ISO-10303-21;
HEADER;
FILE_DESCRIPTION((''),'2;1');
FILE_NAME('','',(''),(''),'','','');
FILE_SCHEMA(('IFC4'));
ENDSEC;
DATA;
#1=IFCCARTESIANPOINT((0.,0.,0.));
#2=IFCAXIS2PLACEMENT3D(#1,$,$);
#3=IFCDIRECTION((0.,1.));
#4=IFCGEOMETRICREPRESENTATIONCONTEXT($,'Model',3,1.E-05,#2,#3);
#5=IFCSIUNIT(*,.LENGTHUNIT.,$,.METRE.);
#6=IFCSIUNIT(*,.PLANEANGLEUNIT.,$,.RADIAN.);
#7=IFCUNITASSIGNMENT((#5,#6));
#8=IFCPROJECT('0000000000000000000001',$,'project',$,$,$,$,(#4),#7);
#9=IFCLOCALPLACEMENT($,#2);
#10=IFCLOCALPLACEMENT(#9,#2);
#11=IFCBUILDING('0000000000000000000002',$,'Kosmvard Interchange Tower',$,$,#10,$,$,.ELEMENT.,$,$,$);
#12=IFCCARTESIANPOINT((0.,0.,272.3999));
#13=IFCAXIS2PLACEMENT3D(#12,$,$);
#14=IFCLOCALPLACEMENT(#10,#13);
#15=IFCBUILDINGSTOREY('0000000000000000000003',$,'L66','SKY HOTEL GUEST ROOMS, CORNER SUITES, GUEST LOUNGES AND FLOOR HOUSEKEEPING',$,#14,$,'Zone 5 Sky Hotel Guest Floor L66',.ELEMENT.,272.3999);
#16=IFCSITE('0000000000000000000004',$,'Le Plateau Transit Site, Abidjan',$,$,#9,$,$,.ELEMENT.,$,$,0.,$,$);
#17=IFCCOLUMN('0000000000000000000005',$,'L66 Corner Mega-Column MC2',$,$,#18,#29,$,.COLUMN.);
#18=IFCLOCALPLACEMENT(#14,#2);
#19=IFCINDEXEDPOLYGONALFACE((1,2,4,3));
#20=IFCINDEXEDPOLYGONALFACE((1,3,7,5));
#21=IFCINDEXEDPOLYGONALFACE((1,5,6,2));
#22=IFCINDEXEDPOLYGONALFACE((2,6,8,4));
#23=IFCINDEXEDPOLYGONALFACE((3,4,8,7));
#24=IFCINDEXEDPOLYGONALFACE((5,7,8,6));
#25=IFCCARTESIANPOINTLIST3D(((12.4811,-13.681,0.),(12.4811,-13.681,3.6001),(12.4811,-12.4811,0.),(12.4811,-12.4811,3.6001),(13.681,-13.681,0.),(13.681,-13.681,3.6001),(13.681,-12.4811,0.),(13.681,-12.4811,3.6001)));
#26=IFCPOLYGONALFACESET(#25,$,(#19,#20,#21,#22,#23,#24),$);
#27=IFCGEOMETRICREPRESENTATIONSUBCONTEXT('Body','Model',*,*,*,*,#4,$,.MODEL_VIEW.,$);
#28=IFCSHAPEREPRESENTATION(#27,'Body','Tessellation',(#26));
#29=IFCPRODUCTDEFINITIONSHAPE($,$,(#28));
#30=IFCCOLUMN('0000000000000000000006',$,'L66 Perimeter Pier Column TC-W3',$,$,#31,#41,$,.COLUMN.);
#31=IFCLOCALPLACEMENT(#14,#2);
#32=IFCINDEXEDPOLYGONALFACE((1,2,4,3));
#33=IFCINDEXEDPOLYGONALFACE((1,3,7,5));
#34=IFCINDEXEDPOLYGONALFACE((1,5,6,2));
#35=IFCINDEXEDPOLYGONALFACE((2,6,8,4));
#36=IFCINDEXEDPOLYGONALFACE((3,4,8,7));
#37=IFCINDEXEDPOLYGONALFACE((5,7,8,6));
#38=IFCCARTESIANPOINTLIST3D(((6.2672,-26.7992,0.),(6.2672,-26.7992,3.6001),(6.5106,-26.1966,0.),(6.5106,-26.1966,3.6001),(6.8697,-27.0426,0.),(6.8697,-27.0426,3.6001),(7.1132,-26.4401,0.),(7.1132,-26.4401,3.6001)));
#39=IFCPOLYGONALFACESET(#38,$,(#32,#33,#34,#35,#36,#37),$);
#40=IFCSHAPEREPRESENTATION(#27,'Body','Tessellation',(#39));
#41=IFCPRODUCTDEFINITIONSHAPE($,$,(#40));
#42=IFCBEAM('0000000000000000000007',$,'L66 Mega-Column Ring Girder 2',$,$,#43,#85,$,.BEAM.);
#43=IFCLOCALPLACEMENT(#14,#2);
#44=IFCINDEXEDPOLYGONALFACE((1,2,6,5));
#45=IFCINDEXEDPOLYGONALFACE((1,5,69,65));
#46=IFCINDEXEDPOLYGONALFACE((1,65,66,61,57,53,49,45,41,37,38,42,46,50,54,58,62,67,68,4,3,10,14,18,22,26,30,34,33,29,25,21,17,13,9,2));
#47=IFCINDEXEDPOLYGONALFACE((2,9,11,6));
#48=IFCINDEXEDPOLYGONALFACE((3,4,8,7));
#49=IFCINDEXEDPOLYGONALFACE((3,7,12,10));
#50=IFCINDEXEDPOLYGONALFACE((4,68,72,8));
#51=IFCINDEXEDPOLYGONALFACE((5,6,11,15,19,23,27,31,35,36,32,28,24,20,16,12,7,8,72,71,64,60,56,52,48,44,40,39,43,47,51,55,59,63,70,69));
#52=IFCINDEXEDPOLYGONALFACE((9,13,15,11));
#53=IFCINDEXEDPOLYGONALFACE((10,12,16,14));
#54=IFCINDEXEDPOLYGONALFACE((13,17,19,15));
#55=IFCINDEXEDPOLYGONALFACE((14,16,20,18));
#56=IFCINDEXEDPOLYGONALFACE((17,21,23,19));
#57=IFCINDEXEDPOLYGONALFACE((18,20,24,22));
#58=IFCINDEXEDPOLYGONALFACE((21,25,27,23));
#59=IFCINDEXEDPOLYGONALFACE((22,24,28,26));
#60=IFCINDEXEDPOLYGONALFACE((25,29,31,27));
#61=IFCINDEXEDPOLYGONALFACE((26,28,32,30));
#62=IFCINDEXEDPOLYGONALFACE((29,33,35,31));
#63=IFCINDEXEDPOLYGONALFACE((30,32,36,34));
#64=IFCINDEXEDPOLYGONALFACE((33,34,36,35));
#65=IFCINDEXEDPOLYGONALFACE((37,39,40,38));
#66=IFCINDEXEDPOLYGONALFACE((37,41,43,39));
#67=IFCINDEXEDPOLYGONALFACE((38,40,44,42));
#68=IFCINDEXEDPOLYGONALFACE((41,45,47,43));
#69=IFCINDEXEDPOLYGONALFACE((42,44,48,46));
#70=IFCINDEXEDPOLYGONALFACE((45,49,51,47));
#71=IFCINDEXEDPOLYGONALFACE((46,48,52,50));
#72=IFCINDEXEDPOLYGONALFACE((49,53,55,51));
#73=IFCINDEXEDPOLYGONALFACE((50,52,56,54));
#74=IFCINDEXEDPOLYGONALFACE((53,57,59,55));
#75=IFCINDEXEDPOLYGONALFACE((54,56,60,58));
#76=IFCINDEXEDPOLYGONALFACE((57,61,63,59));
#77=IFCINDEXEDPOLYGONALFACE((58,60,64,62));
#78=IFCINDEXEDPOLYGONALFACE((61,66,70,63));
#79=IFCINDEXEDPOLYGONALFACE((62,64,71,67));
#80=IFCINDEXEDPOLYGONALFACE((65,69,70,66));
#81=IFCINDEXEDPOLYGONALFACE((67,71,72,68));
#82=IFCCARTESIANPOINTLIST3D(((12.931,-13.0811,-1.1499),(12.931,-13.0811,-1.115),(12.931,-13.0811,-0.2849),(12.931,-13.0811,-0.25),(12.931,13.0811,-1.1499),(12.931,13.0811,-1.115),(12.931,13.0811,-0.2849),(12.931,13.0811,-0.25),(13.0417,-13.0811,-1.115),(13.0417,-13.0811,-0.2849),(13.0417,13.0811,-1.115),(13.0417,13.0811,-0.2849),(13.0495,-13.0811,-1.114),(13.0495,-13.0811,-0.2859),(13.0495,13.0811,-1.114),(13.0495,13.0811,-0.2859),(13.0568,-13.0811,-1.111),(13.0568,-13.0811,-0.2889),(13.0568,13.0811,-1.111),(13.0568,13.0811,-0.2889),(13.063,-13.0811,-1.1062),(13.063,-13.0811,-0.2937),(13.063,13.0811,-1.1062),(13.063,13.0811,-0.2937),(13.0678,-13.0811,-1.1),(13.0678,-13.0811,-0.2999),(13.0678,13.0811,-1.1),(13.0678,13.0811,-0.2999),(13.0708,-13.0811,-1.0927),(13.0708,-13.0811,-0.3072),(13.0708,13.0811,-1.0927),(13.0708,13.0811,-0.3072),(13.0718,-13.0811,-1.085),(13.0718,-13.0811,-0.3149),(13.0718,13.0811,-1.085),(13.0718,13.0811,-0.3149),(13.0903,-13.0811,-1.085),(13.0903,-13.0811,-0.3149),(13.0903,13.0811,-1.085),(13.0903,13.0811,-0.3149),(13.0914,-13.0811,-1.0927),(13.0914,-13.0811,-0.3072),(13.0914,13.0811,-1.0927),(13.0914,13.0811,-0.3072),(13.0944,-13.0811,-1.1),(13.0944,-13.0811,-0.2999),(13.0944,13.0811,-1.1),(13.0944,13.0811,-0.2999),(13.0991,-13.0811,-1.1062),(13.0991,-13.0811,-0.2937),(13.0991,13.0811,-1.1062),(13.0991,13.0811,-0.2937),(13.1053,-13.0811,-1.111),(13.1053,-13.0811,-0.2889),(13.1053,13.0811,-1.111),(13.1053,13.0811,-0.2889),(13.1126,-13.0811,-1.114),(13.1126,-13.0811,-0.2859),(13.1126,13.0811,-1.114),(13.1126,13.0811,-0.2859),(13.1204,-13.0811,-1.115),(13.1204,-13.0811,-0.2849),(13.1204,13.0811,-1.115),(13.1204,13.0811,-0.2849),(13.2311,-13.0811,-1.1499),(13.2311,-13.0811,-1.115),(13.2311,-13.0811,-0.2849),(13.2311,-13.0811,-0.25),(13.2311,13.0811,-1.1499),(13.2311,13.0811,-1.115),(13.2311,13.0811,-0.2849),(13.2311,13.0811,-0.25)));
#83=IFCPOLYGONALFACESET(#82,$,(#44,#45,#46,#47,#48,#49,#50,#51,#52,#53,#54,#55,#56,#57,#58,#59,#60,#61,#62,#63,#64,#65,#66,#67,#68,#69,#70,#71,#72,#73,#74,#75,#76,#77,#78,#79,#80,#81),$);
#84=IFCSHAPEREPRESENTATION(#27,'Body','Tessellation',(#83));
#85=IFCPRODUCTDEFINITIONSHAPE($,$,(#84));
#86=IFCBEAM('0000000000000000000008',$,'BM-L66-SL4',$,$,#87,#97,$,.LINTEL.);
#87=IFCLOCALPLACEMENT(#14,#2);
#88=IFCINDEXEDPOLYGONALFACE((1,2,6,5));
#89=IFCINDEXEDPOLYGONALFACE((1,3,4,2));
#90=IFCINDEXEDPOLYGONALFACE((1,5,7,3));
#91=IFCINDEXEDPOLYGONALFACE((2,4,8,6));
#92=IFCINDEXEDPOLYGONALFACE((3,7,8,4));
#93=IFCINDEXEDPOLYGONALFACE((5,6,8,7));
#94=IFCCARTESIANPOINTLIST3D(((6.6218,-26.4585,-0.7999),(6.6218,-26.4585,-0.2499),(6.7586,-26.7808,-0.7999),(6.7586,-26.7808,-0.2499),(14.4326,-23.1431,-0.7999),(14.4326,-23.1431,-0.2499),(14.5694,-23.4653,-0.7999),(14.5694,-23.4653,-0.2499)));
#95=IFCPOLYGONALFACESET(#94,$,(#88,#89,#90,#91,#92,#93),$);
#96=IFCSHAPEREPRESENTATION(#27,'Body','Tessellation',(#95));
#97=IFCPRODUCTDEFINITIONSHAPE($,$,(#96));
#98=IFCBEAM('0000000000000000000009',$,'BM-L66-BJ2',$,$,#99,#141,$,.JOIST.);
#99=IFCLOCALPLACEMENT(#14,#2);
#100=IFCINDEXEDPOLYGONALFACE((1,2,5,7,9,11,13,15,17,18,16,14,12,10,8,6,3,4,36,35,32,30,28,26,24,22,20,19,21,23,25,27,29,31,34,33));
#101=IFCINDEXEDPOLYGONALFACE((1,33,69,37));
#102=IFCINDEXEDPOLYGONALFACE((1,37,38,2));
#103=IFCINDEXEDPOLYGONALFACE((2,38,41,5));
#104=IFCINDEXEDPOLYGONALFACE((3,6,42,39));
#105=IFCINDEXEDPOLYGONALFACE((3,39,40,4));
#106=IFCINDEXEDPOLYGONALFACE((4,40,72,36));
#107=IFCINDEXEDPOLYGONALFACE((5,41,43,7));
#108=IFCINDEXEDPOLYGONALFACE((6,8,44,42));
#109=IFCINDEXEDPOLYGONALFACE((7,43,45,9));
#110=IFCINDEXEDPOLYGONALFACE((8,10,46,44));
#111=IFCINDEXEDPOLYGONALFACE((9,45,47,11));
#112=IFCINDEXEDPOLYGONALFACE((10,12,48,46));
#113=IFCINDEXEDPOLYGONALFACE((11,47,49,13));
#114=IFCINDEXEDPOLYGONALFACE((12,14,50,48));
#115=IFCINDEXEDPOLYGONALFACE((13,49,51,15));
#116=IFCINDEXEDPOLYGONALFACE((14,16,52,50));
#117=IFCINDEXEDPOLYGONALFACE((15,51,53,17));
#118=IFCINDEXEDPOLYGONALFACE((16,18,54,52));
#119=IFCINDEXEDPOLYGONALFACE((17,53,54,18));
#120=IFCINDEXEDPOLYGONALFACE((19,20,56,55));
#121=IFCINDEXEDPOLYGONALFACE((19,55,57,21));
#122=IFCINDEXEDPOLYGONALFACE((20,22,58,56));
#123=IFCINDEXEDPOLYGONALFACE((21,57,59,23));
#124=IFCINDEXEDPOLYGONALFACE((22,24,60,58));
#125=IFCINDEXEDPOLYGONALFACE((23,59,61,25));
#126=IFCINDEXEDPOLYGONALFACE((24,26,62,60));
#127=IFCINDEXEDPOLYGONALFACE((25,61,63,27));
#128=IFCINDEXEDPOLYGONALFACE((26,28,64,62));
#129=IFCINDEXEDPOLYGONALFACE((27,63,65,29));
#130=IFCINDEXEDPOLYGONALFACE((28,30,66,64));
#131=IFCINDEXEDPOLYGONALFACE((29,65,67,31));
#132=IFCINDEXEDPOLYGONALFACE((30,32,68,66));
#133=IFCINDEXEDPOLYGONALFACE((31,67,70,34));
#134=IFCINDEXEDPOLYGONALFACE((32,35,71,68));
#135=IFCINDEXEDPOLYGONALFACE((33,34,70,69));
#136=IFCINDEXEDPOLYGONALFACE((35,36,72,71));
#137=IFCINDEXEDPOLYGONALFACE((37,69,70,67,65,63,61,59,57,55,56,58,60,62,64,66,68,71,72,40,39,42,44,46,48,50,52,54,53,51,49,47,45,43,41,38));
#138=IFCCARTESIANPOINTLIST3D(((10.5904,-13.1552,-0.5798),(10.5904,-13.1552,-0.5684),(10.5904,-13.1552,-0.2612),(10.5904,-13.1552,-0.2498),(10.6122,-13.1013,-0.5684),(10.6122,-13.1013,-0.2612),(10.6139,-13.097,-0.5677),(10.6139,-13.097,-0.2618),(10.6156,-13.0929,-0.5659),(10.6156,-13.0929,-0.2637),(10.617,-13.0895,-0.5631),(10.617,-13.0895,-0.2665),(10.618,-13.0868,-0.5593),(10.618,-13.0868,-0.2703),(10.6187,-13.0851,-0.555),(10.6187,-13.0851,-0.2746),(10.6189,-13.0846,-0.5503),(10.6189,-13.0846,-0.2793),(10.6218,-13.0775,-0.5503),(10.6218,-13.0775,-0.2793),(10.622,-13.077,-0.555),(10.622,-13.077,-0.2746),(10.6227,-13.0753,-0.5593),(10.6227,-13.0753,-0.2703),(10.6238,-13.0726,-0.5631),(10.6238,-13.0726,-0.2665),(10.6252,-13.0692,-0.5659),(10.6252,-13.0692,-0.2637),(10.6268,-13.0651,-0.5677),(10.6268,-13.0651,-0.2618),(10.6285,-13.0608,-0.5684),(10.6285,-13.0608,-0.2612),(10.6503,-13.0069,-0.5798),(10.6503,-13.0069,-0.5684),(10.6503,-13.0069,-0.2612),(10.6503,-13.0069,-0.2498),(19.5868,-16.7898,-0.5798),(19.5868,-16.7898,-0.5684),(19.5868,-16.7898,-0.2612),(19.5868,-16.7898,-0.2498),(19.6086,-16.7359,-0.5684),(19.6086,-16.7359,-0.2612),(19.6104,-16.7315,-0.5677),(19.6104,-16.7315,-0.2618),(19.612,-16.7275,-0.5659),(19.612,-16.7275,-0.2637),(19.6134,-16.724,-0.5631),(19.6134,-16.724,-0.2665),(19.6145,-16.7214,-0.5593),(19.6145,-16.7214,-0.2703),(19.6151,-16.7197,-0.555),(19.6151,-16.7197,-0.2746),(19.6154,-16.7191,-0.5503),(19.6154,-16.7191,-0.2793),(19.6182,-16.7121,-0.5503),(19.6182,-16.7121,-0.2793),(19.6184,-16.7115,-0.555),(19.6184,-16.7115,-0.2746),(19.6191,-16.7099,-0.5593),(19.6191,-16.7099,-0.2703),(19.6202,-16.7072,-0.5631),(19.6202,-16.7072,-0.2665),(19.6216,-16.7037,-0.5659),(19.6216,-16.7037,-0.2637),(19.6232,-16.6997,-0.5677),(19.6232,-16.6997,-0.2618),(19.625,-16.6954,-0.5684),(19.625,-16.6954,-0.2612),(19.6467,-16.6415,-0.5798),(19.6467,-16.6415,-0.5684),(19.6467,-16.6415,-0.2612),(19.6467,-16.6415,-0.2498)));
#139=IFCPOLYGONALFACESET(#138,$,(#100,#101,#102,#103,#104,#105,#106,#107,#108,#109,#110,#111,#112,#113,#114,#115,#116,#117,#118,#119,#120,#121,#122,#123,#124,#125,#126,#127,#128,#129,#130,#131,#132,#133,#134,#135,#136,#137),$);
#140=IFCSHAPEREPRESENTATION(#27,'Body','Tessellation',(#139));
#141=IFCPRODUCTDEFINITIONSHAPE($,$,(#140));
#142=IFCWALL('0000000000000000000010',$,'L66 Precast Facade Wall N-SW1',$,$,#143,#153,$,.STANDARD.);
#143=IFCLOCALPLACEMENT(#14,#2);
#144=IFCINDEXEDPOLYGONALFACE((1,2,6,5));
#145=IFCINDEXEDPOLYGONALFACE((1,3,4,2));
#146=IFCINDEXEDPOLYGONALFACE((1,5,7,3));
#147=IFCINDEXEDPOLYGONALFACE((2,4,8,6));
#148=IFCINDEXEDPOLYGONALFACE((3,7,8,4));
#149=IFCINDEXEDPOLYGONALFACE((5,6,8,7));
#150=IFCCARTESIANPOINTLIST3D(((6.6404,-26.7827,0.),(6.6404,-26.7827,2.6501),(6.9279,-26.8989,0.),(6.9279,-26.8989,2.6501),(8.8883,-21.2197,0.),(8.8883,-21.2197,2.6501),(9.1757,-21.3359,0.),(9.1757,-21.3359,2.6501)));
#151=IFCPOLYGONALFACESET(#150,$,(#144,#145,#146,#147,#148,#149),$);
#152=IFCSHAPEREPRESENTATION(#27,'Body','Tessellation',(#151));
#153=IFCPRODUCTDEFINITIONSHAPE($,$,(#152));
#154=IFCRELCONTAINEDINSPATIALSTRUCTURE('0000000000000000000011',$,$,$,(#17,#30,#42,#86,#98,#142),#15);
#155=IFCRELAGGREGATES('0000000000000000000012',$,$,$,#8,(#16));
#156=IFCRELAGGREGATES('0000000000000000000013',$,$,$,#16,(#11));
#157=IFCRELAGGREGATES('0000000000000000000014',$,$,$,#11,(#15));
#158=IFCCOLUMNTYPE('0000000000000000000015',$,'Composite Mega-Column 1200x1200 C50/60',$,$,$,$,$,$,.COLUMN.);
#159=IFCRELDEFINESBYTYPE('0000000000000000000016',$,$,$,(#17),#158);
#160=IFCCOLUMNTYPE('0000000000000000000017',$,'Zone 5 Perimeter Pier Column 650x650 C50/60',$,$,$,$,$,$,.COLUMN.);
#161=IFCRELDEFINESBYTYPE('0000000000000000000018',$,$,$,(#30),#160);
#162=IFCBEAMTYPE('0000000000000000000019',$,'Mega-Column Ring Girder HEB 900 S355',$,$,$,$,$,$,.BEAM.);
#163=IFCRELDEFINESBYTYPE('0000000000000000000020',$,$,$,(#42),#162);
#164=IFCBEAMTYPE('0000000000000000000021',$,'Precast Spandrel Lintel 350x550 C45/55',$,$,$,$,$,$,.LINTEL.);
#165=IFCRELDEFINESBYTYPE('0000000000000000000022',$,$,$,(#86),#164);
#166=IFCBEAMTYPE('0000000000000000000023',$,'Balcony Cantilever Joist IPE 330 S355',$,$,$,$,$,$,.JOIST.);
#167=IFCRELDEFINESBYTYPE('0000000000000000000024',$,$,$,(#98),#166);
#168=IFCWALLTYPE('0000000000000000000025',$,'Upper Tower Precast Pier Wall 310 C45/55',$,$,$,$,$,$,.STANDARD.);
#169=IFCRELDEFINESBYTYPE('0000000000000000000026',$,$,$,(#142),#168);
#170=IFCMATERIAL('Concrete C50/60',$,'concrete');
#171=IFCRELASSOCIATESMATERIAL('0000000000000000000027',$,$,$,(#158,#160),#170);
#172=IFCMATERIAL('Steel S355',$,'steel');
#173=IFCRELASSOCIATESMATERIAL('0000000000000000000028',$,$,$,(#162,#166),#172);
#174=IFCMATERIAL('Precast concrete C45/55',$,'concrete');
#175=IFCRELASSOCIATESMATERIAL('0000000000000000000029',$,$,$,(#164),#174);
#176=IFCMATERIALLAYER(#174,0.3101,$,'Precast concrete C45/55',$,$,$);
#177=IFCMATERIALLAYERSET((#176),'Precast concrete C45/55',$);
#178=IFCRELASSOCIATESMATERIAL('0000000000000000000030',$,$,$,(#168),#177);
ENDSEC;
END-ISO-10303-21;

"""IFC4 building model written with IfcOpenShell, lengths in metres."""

from ifc_helpers import new_model, si_unit, direction, frame, frame_2d, origin, origin_2d, place, context, subcontext, project, spatial, rectangle, i_section, extrude, source, transform, mapped, material, layer, layer_set, material_profile, profile_set, type_object, element, save


model = new_model("IFC4")

# Units and contexts
model_context = context("Model", 3, precision=1e-05, world=origin(), true_north=direction((0.0, 1.0)))
body_context = subcontext(model_context, "Body", "Model", "MODEL_VIEW")
ifc_project = project(units=[si_unit("LENGTHUNIT", "METRE"), si_unit("PLANEANGLEUNIT", "RADIAN")], contexts=[model_context])

# Site, building, storey
site_placement = place(None, origin())
site = spatial("IfcSite", under=ifc_project, at=site_placement, Name="Le Plateau Transit Site, Abidjan", CompositionType="ELEMENT", RefElevation=0.0)
building_placement = place(site_placement, origin())
building = spatial("IfcBuilding", under=site, at=building_placement, Name="Kosmvard Interchange Tower", CompositionType="ELEMENT")
storey_placement = place(building_placement, frame((0.0, 0.0, 272.3999)))
storey = spatial("IfcBuildingStorey", under=building, at=storey_placement, Name="L66", Description="SKY HOTEL GUEST ROOMS, CORNER SUITES, GUEST LOUNGES AND FLOOR HOUSEKEEPING", LongName="Zone 5 Sky Hotel Guest Floor L66", CompositionType="ELEMENT", Elevation=272.3999)

# Columns
ifc_material_1 = material(Name="Concrete C50/60", Category="concrete")
ifc_material_profile_1 = material_profile(ifc_material_1, rectangle(XDim=1.2, YDim=1.2, at=origin_2d()), Name="MC 1200x1200")
ifc_profile_set_1 = profile_set([ifc_material_profile_1], Name="Concrete C50/60")
column_type_1 = type_object("IfcColumnType", Name="Composite Mega-Column 1200x1200 C50/60", PredefinedType="COLUMN", material=ifc_profile_set_1)
shared_shape_1 = source(origin(), body_context, "Body", "SweptSolid", [
    extrude(rectangle(XDim=1.2, YDim=1.2, at=origin_2d()), origin(), (0.0, 0.0, 1.0), 3.6001),
])
column_1_placement = place(storey_placement, frame((13.0811, -13.0811, 0.0), z_axis=(0.0, 0.0, 1.0), x_axis=(1.0, 0.0, 0.0)))
element("IfcColumn", 1, at=column_1_placement, inside=storey, type_object=column_type_1, Name="L66 Corner Mega-Column MC2", PredefinedType="COLUMN", context=body_context, shape_type="MappedRepresentation", body=[
    mapped(shared_shape_1, transform((0.0, 0.0, 0.0), scale=1.0)),
])
ifc_material_profile_2 = material_profile(ifc_material_1, rectangle(XDim=0.6499, YDim=0.6499, at=origin_2d()), Name="TC 650x650")
ifc_profile_set_2 = profile_set([ifc_material_profile_2], Name="Concrete C50/60")
column_type_2 = type_object("IfcColumnType", Name="Zone 5 Perimeter Pier Column 650x650 C50/60", PredefinedType="COLUMN", material=ifc_profile_set_2)
shared_shape_2 = source(origin(), body_context, "Body", "SweptSolid", [
    extrude(rectangle(XDim=0.6499, YDim=0.6499, at=origin_2d()), origin(), (0.0, 0.0, 1.0), 3.6001),
])
column_2_placement = place(storey_placement, frame((6.6902, -26.6196, 0.0), z_axis=(0.0, 0.0, 1.0), x_axis=(0.374607, 0.927184, 0.0)))
element("IfcColumn", 2, at=column_2_placement, inside=storey, type_object=column_type_2, Name="L66 Perimeter Pier Column TC-W3", PredefinedType="COLUMN", context=body_context, shape_type="MappedRepresentation", body=[
    mapped(shared_shape_2, transform((0.0, 0.0, 0.0), scale=1.0)),
])

# Beams
ifc_material_2 = material(Name="Steel S355", Category="steel")
ifc_material_profile_3 = material_profile(ifc_material_2, i_section(OverallWidth=0.3, OverallDepth=0.8999, WebThickness=0.0186, FlangeThickness=0.0349, FilletRadius=0.03, at=origin_2d()), Name="HEB 900")
ifc_profile_set_3 = profile_set([ifc_material_profile_3], Name="Steel S355")
beam_type_1 = type_object("IfcBeamType", Name="Mega-Column Ring Girder HEB 900 S355", PredefinedType="BEAM", material=ifc_profile_set_3)
shared_shape_3 = source(origin(), body_context, "Body", "SweptSolid", [
    extrude(i_section(OverallWidth=0.3, OverallDepth=0.8999, WebThickness=0.0186, FlangeThickness=0.0349, FilletRadius=0.03, at=origin_2d()), origin(), (0.0, 0.0, 1.0), 26.1621),
])
beam_1_placement = place(storey_placement, frame((13.0811, -13.0811, -0.7), z_axis=(0.0, 1.0, 0.0), x_axis=(-1.0, 0.0, 0.0)))
element("IfcBeam", 3, at=beam_1_placement, inside=storey, type_object=beam_type_1, Name="L66 Mega-Column Ring Girder 2", PredefinedType="BEAM", context=body_context, shape_type="MappedRepresentation", body=[
    mapped(shared_shape_3, transform((0.0, 0.0, 0.0), scale=1.0)),
])
ifc_material_3 = material(Name="Precast concrete C45/55", Category="concrete")
ifc_material_profile_4 = material_profile(ifc_material_3, rectangle(XDim=0.3501, YDim=0.55, at=origin_2d()), Name="SL 350x550")
ifc_profile_set_4 = profile_set([ifc_material_profile_4], Name="Precast concrete C45/55")
beam_type_2 = type_object("IfcBeamType", Name="Precast Spandrel Lintel 350x550 C45/55", PredefinedType="LINTEL", material=ifc_profile_set_4)
shared_shape_4 = source(origin(), body_context, "Body", "SweptSolid", [
    extrude(rectangle(XDim=0.3501, YDim=0.55, at=origin_2d()), origin(), (0.0, 0.0, 1.0), 8.4854),
])
beam_2_placement = place(storey_placement, frame((6.6902, -26.6196, -0.5249), z_axis=(0.920507, 0.390726, 0.0), x_axis=(-0.390726, 0.920507, 0.0)))
element("IfcBeam", 4, at=beam_2_placement, inside=storey, type_object=beam_type_2, Name="BM-L66-SL4", PredefinedType="LINTEL", context=body_context, shape_type="MappedRepresentation", body=[
    mapped(shared_shape_4, transform((0.0, 0.0, 0.0), scale=1.0)),
])
ifc_material_profile_5 = material_profile(ifc_material_2, i_section(OverallWidth=0.1599, OverallDepth=0.3301, WebThickness=0.0076, FlangeThickness=0.0115, FilletRadius=0.0181, at=origin_2d()), Name="IPE 330")
ifc_profile_set_5 = profile_set([ifc_material_profile_5], Name="Steel S355")
beam_type_3 = type_object("IfcBeamType", Name="Balcony Cantilever Joist IPE 330 S355", PredefinedType="JOIST", material=ifc_profile_set_5)
shared_shape_5 = source(origin(), body_context, "Body", "SweptSolid", [
    extrude(i_section(OverallWidth=0.1599, OverallDepth=0.3301, WebThickness=0.0076, FlangeThickness=0.0115, FilletRadius=0.0181, at=origin_2d()), origin(), (0.0, 0.0, 1.0), 9.7029),
])
beam_3_placement = place(storey_placement, frame((10.6204, -13.0811, -0.4148), z_axis=(0.927192, -0.374586, 0.0), x_axis=(0.374586, 0.927192, 0.0)))
element("IfcBeam", 5, at=beam_3_placement, inside=storey, type_object=beam_type_3, Name="BM-L66-BJ2", PredefinedType="JOIST", context=body_context, shape_type="MappedRepresentation", body=[
    mapped(shared_shape_5, transform((0.0, 0.0, 0.0), scale=1.0)),
])

# Wall
ifc_layer_1 = layer(ifc_material_3, 0.3101, Name="Precast concrete C45/55")
ifc_layer_set_1 = layer_set([ifc_layer_1], Name="Precast concrete C45/55")
wall_type_1 = type_object("IfcWallType", Name="Upper Tower Precast Pier Wall 310 C45/55", PredefinedType="STANDARD", material=ifc_layer_set_1)
wall_1_placement = place(storey_placement, frame((6.7842, -26.8408, 0.0), z_axis=(0.0, 0.0, 1.0), x_axis=(0.374637, 0.927172, 0.0)))
element("IfcWall", 6, at=wall_1_placement, inside=storey, type_object=wall_type_1, Name="L66 Precast Facade Wall N-SW1", PredefinedType="STANDARD", context=body_context, shape_type="SweptSolid", body=[
    extrude(rectangle(XDim=6.0, YDim=0.3101, at=frame_2d((3.0, 0.0))), origin(), (0.0, 0.0, 1.0), 2.6501),
])

save(model, "model.ifc")
